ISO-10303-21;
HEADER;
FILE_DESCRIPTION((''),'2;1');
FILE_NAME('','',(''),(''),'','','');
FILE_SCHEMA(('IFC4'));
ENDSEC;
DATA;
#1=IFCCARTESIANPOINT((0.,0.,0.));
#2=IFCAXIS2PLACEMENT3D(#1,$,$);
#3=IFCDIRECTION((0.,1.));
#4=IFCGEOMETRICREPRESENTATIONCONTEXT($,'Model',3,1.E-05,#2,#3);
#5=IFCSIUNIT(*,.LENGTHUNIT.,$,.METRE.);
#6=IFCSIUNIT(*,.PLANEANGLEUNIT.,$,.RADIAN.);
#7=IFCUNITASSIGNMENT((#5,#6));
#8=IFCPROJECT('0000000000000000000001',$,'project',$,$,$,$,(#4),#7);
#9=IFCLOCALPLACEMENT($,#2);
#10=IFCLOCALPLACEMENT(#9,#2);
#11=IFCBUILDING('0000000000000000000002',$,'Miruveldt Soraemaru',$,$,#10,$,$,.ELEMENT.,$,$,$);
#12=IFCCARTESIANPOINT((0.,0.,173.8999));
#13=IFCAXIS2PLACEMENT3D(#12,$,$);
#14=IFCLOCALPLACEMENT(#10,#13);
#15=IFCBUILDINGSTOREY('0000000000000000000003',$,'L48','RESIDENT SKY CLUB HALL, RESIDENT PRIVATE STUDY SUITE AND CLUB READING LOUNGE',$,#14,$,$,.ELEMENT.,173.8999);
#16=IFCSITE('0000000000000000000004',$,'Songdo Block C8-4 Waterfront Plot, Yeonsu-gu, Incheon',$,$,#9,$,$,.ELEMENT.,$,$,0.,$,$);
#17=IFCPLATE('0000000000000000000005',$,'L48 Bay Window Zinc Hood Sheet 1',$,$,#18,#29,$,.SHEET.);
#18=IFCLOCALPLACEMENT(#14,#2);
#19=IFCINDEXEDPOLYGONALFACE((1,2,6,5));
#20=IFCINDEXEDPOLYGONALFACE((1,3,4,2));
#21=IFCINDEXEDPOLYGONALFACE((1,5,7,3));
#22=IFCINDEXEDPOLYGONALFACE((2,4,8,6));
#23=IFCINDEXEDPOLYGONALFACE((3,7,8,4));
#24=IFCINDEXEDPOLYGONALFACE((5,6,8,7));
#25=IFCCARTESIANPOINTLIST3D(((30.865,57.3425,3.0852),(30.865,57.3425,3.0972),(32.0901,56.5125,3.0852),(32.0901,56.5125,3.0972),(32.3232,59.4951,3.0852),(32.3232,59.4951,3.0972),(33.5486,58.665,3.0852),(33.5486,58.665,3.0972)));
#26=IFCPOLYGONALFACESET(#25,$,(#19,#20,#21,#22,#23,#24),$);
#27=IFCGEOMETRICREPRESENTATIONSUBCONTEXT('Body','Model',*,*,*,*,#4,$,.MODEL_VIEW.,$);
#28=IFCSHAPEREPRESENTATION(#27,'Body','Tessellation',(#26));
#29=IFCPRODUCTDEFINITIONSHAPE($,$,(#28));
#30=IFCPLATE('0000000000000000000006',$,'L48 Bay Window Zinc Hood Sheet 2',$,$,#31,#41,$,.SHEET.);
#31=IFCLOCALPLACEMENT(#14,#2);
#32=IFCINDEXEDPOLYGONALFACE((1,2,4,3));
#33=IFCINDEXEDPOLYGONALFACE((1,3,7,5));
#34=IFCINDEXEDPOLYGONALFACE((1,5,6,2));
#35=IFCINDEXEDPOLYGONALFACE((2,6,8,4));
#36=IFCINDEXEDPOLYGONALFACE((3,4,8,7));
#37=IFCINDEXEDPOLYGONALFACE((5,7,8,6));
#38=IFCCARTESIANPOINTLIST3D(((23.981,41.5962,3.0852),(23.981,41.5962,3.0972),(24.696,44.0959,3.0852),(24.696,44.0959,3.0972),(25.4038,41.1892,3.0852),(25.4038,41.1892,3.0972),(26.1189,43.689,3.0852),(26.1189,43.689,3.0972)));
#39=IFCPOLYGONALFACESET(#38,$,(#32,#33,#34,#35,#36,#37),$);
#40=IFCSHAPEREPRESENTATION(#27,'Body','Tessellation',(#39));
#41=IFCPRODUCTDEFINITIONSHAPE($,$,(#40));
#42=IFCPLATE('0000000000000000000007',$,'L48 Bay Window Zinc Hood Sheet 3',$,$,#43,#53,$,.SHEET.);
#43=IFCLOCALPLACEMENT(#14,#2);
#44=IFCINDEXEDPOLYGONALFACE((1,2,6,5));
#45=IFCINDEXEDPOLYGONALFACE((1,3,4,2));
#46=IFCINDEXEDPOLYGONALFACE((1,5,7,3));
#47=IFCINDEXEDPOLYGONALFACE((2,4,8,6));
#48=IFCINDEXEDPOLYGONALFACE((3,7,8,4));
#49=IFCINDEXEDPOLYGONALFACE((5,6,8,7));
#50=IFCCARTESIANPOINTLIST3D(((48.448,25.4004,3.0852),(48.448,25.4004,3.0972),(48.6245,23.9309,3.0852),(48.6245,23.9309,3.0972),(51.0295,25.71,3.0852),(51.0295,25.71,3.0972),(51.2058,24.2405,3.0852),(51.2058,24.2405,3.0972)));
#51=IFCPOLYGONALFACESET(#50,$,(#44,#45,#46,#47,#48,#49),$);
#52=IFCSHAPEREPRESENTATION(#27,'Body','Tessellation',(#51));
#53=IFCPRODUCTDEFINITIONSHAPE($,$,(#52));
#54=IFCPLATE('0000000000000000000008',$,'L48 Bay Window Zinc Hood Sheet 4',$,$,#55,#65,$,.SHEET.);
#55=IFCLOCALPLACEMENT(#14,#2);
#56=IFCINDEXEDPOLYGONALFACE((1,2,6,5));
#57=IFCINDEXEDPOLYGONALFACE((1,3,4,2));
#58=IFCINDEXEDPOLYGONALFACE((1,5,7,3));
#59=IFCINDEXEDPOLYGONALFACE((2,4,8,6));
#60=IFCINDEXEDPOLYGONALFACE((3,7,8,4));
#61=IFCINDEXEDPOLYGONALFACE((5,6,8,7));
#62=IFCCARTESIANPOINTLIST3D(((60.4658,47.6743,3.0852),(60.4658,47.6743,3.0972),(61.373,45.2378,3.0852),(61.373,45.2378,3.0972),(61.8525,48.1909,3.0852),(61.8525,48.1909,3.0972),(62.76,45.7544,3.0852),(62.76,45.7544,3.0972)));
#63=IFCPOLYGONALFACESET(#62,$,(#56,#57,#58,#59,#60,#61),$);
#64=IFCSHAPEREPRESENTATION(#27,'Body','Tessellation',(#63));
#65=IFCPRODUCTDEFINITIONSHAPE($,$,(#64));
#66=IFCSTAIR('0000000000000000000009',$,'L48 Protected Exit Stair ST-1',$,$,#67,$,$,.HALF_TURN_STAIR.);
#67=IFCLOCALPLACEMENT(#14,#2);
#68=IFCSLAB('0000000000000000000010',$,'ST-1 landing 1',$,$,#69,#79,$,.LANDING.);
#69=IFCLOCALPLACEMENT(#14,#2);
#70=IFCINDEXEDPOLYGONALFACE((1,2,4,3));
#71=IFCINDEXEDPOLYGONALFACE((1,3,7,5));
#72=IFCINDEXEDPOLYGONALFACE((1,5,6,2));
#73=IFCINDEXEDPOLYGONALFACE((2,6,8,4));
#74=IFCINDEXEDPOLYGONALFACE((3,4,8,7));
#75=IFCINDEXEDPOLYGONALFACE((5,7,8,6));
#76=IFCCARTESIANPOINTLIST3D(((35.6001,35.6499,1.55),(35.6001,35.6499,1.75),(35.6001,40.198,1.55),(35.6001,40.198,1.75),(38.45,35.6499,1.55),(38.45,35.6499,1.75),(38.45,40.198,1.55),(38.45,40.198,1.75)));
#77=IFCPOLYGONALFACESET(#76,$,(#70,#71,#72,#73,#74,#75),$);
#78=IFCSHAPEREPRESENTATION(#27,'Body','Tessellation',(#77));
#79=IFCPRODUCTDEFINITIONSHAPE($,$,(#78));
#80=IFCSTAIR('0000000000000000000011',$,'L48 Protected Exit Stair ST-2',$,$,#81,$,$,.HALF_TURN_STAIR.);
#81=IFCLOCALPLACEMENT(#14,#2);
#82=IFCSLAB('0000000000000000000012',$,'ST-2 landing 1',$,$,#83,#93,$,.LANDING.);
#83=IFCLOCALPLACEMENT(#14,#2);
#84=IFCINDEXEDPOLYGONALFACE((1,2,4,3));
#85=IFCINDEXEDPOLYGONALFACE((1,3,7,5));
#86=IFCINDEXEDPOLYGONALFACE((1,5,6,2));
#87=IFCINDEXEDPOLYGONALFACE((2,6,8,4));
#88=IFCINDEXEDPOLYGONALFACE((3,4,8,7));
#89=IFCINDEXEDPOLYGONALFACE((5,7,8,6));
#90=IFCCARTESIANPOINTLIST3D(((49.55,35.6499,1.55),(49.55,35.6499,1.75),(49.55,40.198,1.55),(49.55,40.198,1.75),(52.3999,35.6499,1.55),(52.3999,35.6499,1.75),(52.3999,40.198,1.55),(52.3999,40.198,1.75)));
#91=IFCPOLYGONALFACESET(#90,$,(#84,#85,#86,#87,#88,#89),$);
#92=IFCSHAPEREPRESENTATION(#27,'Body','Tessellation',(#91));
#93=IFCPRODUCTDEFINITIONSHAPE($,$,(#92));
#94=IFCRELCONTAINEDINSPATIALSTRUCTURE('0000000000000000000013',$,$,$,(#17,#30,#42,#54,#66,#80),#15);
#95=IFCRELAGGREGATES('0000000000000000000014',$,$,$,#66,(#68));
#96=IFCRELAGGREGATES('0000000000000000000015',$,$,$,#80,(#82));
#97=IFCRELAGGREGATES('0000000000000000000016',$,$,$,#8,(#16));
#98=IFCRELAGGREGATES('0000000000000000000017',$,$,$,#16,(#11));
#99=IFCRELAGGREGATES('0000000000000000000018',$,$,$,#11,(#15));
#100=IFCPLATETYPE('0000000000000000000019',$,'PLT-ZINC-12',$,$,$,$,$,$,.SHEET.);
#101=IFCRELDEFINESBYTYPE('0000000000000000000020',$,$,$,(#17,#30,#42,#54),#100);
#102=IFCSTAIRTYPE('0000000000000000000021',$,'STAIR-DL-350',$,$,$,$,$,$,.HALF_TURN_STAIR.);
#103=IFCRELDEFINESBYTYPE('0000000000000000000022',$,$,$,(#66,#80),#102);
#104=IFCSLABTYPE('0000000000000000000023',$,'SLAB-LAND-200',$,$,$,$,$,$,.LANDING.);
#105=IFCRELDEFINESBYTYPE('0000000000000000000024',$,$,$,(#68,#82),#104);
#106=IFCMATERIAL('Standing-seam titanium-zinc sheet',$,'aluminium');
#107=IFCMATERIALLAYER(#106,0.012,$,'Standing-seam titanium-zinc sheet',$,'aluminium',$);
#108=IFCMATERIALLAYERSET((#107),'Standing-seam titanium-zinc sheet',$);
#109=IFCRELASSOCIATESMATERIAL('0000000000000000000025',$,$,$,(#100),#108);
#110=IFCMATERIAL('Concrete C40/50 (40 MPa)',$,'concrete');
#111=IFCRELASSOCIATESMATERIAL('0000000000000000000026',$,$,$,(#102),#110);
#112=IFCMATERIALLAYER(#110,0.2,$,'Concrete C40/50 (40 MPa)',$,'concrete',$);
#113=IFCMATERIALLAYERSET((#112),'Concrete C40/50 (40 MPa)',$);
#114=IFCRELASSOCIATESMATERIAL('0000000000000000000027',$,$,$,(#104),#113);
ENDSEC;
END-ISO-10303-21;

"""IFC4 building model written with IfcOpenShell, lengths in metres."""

from ifc_helpers import new_model, si_unit, direction, frame, origin, place, context, subcontext, project, spatial, polyline, outline, extrude, material, layer, layer_set, type_object, element, aggregate, save


model = new_model("IFC4")

# Units and contexts
model_context = context("Model", 3, precision=1e-05, world=origin(), true_north=direction((0.0, 1.0)))
body_context = subcontext(model_context, "Body", "Model", "MODEL_VIEW")
ifc_project = project(units=[si_unit("LENGTHUNIT", "METRE"), si_unit("PLANEANGLEUNIT", "RADIAN")], contexts=[model_context])

# Site, building, storey
site_placement = place(None, origin())
site = spatial("IfcSite", under=ifc_project, at=site_placement, Name="Songdo Block C8-4 Waterfront Plot, Yeonsu-gu, Incheon", CompositionType="ELEMENT", RefElevation=0.0)
building_placement = place(site_placement, origin())
building = spatial("IfcBuilding", under=site, at=building_placement, Name="Miruveldt Soraemaru", CompositionType="ELEMENT")
storey_placement = place(building_placement, frame((0.0, 0.0, 173.8999)))
storey = spatial("IfcBuildingStorey", under=building, at=storey_placement, Name="L48", Description="RESIDENT SKY CLUB HALL, RESIDENT PRIVATE STUDY SUITE AND CLUB READING LOUNGE", CompositionType="ELEMENT", Elevation=173.8999)

# Plates
ifc_material_1 = material(Name="Standing-seam titanium-zinc sheet", Category="aluminium")
ifc_layer_1 = layer(ifc_material_1, 0.012, Name="Standing-seam titanium-zinc sheet", Category="aluminium")
ifc_layer_set_1 = layer_set([ifc_layer_1], Name="Standing-seam titanium-zinc sheet")
plate_type = type_object("IfcPlateType", Name="PLT-ZINC-12", PredefinedType="SHEET", material=ifc_layer_set_1)
plate_1_placement = place(storey_placement, frame((0.0, 0.0, 3.0852)))
element("IfcPlate", 1, at=plate_1_placement, inside=storey, type_object=plate_type, Name="L48 Bay Window Zinc Hood Sheet 1", PredefinedType="SHEET", context=body_context, shape_type="SweptSolid", body=[
    extrude(outline(polyline([(33.5486, 58.665), (32.0901, 56.5125), (30.865, 57.3425), (32.3232, 59.4951), (33.5486, 58.665)])), origin(), (0.0, 0.0, 1.0), 0.012),
])
plate_2_placement = place(storey_placement, frame((0.0, 0.0, 3.0852)))
element("IfcPlate", 2, at=plate_2_placement, inside=storey, type_object=plate_type, Name="L48 Bay Window Zinc Hood Sheet 2", PredefinedType="SHEET", context=body_context, shape_type="SweptSolid", body=[
    extrude(outline(polyline([(26.1189, 43.689), (25.4038, 41.1892), (23.981, 41.5962), (24.696, 44.0959), (26.1189, 43.689)])), origin(), (0.0, 0.0, 1.0), 0.012),
])
plate_3_placement = place(storey_placement, frame((0.0, 0.0, 3.0852)))
element("IfcPlate", 3, at=plate_3_placement, inside=storey, type_object=plate_type, Name="L48 Bay Window Zinc Hood Sheet 3", PredefinedType="SHEET", context=body_context, shape_type="SweptSolid", body=[
    extrude(outline(polyline([(48.448, 25.4004), (51.0295, 25.71), (51.2058, 24.2405), (48.6245, 23.9309), (48.448, 25.4004)])), origin(), (0.0, 0.0, 1.0), 0.012),
])
plate_4_placement = place(storey_placement, frame((0.0, 0.0, 3.0852)))
element("IfcPlate", 4, at=plate_4_placement, inside=storey, type_object=plate_type, Name="L48 Bay Window Zinc Hood Sheet 4", PredefinedType="SHEET", context=body_context, shape_type="SweptSolid", body=[
    extrude(outline(polyline([(61.373, 45.2378), (60.4658, 47.6743), (61.8525, 48.1909), (62.76, 45.7544), (61.373, 45.2378)])), origin(), (0.0, 0.0, 1.0), 0.012),
])

# Stairs, slabs
ifc_material_2 = material(Name="Concrete C40/50 (40 MPa)", Category="concrete")
stair_type = type_object("IfcStairType", Name="STAIR-DL-350", PredefinedType="HALF_TURN_STAIR", material=ifc_material_2)
stair_1_placement = place(storey_placement, origin())
stair_1 = element("IfcStair", 5, at=stair_1_placement, inside=storey, type_object=stair_type, Name="L48 Protected Exit Stair ST-1", PredefinedType="HALF_TURN_STAIR")
ifc_layer_2 = layer(ifc_material_2, 0.2, Name="Concrete C40/50 (40 MPa)", Category="concrete")
ifc_layer_set_2 = layer_set([ifc_layer_2], Name="Concrete C40/50 (40 MPa)")
slab_type_1 = type_object("IfcSlabType", Name="SLAB-LAND-200", PredefinedType="LANDING", material=ifc_layer_set_2)
slab_1_placement = place(storey_placement, frame((0.0, 0.0, 1.55)))
slab_1 = element("IfcSlab", 6, at=slab_1_placement, type_object=slab_type_1, Name="ST-1 landing 1", PredefinedType="LANDING", context=body_context, shape_type="SweptSolid", body=[
    extrude(outline(polyline([(35.6001, 40.198), (35.6001, 35.6499), (38.45, 35.6499), (38.45, 40.198), (35.6001, 40.198)])), origin(), (0.0, 0.0, 1.0), 0.2),
])
aggregate(stair_1, [slab_1])
stair_2_placement = place(storey_placement, origin())
stair_2 = element("IfcStair", 7, at=stair_2_placement, inside=storey, type_object=stair_type, Name="L48 Protected Exit Stair ST-2", PredefinedType="HALF_TURN_STAIR")
slab_2_placement = place(storey_placement, frame((0.0, 0.0, 1.55)))
slab_2 = element("IfcSlab", 8, at=slab_2_placement, type_object=slab_type_1, Name="ST-2 landing 1", PredefinedType="LANDING", context=body_context, shape_type="SweptSolid", body=[
    extrude(outline(polyline([(49.55, 40.198), (49.55, 35.6499), (52.3999, 35.6499), (52.3999, 40.198), (49.55, 40.198)])), origin(), (0.0, 0.0, 1.0), 0.2),
])
aggregate(stair_2, [slab_2])

save(model, "model.ifc")
